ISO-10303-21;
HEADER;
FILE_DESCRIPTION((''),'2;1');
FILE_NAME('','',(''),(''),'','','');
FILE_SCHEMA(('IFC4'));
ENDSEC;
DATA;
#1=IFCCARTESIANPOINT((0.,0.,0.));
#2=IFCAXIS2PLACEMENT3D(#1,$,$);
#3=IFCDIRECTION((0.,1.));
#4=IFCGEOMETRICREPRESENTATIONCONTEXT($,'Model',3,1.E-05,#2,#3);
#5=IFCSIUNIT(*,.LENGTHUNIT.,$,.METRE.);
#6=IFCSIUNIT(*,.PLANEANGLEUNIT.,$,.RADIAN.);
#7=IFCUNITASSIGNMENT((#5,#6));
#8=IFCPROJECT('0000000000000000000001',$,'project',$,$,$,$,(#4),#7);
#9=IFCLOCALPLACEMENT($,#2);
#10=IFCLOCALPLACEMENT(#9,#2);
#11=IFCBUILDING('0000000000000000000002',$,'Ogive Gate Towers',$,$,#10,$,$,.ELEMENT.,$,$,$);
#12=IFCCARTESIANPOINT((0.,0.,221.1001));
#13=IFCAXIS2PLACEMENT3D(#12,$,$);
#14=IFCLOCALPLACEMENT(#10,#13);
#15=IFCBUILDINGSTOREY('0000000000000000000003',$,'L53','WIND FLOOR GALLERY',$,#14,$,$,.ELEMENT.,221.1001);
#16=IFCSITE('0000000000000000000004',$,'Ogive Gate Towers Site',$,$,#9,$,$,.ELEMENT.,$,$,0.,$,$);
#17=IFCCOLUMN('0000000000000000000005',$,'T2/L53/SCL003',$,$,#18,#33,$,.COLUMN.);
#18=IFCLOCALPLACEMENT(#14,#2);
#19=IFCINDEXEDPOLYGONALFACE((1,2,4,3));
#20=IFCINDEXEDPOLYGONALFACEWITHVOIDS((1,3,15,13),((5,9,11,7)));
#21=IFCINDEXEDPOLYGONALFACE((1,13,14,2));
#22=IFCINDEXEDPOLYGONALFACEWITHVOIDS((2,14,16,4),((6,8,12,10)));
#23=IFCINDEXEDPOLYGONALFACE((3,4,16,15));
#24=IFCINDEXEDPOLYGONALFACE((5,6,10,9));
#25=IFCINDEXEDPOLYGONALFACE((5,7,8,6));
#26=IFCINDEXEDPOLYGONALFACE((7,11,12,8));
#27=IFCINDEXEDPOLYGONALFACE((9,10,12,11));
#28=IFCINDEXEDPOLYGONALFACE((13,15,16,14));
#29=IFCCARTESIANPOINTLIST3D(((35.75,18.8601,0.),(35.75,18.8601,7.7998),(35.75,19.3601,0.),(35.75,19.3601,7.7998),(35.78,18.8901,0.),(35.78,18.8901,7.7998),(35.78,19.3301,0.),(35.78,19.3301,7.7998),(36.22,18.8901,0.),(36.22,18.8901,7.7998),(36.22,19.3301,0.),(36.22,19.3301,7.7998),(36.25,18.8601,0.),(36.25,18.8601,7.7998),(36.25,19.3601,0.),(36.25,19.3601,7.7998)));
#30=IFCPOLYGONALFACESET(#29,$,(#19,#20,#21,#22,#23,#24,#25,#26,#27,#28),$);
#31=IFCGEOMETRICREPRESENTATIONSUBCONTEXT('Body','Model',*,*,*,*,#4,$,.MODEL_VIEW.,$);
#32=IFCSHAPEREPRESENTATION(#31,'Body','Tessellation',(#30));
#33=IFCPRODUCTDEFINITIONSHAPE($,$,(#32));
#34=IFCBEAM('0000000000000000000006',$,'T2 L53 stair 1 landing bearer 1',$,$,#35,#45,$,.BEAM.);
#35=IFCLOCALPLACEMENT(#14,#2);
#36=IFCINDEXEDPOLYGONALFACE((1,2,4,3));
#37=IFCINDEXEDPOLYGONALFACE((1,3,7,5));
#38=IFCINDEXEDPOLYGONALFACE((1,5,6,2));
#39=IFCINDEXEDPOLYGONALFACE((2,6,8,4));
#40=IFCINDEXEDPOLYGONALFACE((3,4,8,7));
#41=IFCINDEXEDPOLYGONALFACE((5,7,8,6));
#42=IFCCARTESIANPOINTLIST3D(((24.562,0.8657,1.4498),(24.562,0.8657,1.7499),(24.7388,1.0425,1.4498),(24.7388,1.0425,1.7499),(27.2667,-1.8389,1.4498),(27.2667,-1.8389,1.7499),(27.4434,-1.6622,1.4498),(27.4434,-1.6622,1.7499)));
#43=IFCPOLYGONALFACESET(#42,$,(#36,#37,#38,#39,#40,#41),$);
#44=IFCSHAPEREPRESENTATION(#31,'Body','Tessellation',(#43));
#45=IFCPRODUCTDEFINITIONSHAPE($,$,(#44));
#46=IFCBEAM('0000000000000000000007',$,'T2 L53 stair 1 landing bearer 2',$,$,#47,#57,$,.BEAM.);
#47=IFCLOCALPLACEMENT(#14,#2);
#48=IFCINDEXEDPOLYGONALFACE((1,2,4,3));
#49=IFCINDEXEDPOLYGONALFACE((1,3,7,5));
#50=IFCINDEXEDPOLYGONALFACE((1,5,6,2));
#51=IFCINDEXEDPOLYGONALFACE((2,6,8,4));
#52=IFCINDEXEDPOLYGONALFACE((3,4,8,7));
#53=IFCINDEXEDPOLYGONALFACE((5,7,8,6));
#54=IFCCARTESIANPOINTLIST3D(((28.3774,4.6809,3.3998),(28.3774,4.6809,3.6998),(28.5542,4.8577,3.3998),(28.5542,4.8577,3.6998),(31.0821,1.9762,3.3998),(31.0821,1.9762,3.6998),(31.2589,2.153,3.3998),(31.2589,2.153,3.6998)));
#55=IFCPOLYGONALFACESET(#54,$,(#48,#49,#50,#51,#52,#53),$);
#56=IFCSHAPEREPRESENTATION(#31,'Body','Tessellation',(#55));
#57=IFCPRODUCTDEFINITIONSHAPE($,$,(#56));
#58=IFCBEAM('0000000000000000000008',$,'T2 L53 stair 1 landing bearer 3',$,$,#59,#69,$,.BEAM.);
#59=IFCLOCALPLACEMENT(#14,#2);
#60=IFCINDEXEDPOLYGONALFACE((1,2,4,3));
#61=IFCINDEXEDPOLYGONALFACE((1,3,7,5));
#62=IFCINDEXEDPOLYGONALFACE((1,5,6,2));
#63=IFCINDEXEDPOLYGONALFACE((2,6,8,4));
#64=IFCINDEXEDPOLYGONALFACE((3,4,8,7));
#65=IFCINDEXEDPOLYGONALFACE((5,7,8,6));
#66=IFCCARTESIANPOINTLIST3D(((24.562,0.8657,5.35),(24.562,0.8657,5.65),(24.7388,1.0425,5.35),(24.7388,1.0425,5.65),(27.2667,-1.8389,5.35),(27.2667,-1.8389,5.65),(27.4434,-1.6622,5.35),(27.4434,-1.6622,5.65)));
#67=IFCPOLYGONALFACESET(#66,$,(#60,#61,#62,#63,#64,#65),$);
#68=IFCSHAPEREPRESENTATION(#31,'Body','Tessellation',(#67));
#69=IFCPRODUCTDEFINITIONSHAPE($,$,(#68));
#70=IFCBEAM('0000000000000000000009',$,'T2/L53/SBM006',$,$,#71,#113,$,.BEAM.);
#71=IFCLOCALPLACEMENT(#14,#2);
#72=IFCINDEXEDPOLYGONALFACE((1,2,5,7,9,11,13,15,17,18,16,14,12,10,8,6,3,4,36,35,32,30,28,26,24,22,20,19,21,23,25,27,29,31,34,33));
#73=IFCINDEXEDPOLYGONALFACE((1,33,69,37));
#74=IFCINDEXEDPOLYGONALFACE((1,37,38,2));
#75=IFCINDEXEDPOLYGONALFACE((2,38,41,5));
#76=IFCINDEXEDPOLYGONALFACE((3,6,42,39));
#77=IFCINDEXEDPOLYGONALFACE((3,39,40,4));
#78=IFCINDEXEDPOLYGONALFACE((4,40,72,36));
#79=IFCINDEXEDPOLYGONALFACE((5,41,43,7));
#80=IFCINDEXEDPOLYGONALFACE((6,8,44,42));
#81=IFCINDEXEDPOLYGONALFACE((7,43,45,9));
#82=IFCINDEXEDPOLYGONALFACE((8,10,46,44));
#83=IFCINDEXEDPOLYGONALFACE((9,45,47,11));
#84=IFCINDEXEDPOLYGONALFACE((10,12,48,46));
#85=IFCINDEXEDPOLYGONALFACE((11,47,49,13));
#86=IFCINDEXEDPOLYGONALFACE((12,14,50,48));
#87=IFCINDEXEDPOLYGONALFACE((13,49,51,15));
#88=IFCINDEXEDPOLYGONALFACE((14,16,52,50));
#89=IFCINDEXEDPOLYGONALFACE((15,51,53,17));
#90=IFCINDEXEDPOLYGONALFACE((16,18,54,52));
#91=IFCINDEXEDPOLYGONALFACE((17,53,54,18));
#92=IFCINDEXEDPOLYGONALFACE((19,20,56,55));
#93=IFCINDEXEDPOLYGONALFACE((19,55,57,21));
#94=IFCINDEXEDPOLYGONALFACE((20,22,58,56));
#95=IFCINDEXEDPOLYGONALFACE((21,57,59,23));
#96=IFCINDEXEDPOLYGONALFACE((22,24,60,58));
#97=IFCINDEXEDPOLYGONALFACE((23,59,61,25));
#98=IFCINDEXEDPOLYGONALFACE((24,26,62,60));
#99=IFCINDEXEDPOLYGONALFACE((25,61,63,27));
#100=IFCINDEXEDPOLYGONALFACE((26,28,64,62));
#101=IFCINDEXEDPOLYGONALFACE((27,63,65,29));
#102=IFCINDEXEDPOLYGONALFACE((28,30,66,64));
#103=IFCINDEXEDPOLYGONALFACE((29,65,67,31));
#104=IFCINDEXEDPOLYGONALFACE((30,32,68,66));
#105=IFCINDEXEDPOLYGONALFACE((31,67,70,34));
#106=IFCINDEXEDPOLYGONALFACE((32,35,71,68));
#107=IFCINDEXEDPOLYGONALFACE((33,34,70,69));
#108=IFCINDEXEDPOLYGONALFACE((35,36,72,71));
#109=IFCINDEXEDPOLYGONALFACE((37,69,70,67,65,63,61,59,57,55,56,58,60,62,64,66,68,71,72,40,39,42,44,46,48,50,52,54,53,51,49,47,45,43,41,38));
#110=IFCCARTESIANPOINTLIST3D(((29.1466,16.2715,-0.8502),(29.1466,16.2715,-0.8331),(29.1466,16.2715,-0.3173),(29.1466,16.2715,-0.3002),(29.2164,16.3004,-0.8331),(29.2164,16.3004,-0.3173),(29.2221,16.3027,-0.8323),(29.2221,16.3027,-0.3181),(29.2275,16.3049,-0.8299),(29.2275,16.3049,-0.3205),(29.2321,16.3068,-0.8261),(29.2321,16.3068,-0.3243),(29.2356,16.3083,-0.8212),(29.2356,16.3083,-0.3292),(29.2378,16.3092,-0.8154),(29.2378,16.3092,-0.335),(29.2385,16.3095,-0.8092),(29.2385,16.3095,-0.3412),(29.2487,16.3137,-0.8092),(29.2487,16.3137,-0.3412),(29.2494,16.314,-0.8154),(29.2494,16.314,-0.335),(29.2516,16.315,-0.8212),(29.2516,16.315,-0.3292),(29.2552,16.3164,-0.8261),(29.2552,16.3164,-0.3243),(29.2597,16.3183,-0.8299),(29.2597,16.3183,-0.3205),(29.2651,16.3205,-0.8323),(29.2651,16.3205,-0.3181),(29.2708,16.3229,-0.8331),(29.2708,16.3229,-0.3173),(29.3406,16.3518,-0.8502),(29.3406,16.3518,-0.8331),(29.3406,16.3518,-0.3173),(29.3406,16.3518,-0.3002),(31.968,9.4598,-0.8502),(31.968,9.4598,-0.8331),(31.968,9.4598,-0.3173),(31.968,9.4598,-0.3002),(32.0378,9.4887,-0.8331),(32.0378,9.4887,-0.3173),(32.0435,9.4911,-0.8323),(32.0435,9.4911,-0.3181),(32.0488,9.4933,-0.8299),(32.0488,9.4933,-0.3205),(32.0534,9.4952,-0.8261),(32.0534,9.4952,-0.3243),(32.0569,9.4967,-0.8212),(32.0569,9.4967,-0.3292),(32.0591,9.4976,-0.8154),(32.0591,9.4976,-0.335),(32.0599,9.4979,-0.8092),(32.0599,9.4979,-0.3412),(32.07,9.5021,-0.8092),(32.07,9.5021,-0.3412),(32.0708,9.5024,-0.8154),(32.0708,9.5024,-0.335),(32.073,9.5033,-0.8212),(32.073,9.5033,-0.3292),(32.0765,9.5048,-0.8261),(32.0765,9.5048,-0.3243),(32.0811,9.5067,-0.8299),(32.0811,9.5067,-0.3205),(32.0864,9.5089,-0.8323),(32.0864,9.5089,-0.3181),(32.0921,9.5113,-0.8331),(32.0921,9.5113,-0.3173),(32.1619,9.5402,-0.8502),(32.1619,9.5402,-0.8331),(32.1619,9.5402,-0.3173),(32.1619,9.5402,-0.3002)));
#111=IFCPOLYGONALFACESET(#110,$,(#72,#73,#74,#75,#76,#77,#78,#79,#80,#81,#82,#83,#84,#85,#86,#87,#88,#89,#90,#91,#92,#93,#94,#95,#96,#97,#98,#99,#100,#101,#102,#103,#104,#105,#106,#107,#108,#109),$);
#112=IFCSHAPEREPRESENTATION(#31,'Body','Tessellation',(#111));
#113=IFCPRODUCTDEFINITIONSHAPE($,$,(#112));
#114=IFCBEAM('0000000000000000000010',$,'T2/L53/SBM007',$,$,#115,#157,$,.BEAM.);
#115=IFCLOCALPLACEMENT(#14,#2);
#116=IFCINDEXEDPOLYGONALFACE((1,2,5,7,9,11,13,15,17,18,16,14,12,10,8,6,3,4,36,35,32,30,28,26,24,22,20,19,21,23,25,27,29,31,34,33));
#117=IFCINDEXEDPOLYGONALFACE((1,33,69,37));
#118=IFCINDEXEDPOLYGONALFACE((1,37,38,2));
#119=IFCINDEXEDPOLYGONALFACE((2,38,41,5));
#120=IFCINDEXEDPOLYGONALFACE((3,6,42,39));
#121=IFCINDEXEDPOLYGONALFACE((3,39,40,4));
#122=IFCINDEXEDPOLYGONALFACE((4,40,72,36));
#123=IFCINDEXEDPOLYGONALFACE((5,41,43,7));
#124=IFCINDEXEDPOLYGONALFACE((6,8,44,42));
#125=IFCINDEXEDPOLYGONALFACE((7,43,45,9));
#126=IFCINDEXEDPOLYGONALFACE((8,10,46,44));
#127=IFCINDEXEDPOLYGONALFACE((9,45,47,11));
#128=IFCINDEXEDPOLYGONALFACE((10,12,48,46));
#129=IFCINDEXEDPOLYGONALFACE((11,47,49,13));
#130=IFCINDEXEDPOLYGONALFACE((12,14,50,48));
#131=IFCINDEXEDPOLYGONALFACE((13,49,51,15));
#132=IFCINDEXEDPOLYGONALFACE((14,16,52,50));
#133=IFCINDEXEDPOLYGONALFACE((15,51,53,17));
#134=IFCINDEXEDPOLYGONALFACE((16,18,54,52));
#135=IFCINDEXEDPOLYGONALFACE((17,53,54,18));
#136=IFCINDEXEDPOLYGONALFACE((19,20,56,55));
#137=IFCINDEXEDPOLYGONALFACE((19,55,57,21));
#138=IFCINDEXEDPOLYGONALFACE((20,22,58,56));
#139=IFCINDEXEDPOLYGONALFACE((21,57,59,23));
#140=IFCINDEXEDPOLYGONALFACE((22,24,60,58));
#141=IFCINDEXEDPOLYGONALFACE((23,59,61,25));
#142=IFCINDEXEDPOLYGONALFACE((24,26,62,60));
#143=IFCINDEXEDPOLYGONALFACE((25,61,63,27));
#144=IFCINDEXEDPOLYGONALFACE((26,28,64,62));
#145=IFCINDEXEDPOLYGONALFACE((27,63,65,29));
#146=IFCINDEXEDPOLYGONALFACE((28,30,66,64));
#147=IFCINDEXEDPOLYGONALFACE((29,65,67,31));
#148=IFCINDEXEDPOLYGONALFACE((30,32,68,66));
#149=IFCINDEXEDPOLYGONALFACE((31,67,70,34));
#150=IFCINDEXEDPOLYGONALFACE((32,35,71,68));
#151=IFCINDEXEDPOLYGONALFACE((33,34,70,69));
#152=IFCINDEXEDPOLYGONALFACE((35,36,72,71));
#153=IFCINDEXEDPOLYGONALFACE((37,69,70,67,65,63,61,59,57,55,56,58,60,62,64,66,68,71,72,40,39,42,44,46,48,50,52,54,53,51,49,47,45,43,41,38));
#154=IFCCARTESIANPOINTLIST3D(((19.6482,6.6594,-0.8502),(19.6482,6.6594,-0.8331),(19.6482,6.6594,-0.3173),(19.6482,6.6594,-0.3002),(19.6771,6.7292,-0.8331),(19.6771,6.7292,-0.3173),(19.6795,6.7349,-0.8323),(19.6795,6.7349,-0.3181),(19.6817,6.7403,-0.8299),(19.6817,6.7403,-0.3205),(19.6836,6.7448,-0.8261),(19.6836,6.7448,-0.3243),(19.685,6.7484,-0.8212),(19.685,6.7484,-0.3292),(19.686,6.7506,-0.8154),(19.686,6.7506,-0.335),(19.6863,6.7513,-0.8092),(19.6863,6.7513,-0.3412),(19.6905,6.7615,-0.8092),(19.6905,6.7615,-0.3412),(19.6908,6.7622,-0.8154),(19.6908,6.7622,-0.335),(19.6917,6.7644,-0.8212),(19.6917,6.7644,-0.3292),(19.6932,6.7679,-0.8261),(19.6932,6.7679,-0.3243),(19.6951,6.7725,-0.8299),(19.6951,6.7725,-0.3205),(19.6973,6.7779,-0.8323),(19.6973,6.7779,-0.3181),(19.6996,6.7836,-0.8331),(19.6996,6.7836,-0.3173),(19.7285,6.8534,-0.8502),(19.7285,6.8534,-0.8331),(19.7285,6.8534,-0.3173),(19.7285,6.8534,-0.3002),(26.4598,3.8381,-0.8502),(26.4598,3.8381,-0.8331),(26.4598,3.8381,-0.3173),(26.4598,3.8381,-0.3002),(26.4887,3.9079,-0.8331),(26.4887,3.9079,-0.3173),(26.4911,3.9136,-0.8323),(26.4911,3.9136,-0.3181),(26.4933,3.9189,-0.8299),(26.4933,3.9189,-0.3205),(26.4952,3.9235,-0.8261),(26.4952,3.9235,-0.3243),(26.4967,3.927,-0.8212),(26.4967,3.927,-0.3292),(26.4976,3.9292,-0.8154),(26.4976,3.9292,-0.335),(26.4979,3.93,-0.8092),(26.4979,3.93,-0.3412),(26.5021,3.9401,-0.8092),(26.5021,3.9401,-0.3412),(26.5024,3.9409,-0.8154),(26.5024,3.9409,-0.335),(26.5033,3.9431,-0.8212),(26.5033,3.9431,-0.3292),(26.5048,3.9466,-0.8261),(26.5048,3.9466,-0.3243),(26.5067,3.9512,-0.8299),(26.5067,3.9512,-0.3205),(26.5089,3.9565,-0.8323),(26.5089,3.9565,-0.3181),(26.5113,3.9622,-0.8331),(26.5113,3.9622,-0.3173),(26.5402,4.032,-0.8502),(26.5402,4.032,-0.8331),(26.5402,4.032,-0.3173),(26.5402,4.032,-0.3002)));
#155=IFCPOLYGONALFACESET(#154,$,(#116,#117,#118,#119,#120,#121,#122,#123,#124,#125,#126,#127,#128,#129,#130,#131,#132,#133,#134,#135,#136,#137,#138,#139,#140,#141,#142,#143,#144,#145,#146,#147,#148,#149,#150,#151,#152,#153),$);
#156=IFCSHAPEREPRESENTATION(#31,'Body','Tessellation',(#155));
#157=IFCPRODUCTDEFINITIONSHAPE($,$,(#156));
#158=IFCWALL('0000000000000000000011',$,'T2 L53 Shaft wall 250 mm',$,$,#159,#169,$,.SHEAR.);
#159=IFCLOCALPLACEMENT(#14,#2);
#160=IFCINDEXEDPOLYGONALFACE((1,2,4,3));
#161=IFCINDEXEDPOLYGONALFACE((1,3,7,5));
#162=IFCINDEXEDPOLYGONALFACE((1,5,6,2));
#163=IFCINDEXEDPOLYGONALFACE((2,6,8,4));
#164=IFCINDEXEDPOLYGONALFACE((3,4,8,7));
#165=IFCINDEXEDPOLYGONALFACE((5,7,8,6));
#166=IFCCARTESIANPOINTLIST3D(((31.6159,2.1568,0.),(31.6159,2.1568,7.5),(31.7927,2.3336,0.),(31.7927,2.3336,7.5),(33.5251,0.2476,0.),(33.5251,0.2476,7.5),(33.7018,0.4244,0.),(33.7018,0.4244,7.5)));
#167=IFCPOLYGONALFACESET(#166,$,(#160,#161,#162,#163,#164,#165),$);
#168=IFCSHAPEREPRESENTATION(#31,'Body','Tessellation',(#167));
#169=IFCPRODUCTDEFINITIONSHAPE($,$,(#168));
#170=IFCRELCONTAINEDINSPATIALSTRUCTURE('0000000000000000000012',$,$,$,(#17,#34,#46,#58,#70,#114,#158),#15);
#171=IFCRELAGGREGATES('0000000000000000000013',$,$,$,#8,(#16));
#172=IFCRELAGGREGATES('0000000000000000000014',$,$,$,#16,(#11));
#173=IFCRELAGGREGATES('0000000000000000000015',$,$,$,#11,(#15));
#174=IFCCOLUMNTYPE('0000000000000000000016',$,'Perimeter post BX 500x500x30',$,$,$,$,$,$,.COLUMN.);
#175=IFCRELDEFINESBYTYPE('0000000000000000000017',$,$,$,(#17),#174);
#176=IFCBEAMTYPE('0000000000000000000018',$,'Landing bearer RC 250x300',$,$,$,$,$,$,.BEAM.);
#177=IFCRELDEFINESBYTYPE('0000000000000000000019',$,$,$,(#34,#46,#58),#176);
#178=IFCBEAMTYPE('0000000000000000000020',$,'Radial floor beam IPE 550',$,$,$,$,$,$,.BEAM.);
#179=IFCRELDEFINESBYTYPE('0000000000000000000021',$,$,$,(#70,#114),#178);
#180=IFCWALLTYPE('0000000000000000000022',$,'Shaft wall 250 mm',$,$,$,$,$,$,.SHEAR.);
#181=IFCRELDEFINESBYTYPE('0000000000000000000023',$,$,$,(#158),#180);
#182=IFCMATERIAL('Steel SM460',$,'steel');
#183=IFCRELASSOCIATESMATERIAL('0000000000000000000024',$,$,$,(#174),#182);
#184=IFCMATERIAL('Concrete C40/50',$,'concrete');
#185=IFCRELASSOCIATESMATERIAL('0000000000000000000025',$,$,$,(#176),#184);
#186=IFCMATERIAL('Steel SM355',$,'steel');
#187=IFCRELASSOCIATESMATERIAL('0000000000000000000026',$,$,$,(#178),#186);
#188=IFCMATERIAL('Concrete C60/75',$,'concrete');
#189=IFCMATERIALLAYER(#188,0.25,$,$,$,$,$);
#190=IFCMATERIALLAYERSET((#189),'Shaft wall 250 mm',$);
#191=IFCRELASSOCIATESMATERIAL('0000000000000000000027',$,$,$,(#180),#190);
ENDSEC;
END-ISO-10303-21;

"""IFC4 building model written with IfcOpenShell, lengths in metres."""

from ifc_helpers import new_model, si_unit, direction, frame, frame_2d, origin, origin_2d, place, context, subcontext, project, spatial, rectangle, hollow_rectangle, i_section, extrude, material, layer, layer_set, material_profile, profile_set, type_object, element, save


model = new_model("IFC4")

# Units and contexts
model_context = context("Model", 3, precision=1e-05, world=origin(), true_north=direction((0.0, 1.0)))
body_context = subcontext(model_context, "Body", "Model", "MODEL_VIEW")
ifc_project = project(units=[si_unit("LENGTHUNIT", "METRE"), si_unit("PLANEANGLEUNIT", "RADIAN")], contexts=[model_context])

# Site, building, storey
site_placement = place(None, origin())
site = spatial("IfcSite", under=ifc_project, at=site_placement, Name="Ogive Gate Towers Site", CompositionType="ELEMENT", RefElevation=0.0)
building_placement = place(site_placement, origin())
building = spatial("IfcBuilding", under=site, at=building_placement, Name="Ogive Gate Towers", CompositionType="ELEMENT")
storey_placement = place(building_placement, frame((0.0, 0.0, 221.1001)))
storey = spatial("IfcBuildingStorey", under=building, at=storey_placement, Name="L53", Description="WIND FLOOR GALLERY", CompositionType="ELEMENT", Elevation=221.1001)

# Column
ifc_material_1 = material(Name="Steel SM460", Category="steel")
ifc_material_profile_1 = material_profile(ifc_material_1, hollow_rectangle(XDim=0.5, YDim=0.5, WallThickness=0.03, at=origin_2d()), Name="BX 500x500x30")
ifc_profile_set_1 = profile_set([ifc_material_profile_1], Name="Steel SM460")
column_type = type_object("IfcColumnType", Name="Perimeter post BX 500x500x30", PredefinedType="COLUMN", material=ifc_profile_set_1)
column_placement = place(storey_placement, frame((36.0, 19.1101, 0.0), z_axis=(0.0, 0.0, 1.0), x_axis=(1.0, 0.0, 0.0)))
element("IfcColumn", 1, at=column_placement, inside=storey, type_object=column_type, Name="T2/L53/SCL003", PredefinedType="COLUMN", context=body_context, shape_type="SweptSolid", body=[
    extrude(hollow_rectangle(XDim=0.5, YDim=0.5, WallThickness=0.03, at=origin_2d()), origin(), (0.0, 0.0, 1.0), 7.7998),
])

# Beams
ifc_material_2 = material(Name="Concrete C40/50", Category="concrete")
ifc_material_profile_2 = material_profile(ifc_material_2, rectangle(XDim=0.25, YDim=0.3, at=origin_2d()), Name="RC 250x300")
ifc_profile_set_2 = profile_set([ifc_material_profile_2], Name="Concrete C40/50")
beam_type_1 = type_object("IfcBeamType", Name="Landing bearer RC 250x300", PredefinedType="BEAM", material=ifc_profile_set_2)
for number, where, z_axis, x_axis, name in (
    (2, (24.6504, 0.9541, 1.5999), (0.707107, -0.707107, 0.0), (0.707107, 0.707107, 0.0), "T2 L53 stair 1 landing bearer 1"),
    (3, (28.4658, 4.7693, 3.5498), (0.707107, -0.707107, 0.0), (0.707107, 0.707107, 0.0), "T2 L53 stair 1 landing bearer 2"),
    (4, (24.6504, 0.9541, 5.5), (0.707107, -0.707107, 0.0), (0.707107, 0.707107, 0.0), "T2 L53 stair 1 landing bearer 3"),
):
    element("IfcBeam", number, at=place(storey_placement, frame(where, z_axis=z_axis, x_axis=x_axis)), inside=storey, type_object=beam_type_1, Name=name, PredefinedType="BEAM", context=body_context, shape_type="SweptSolid", body=[
        extrude(rectangle(XDim=0.25, YDim=0.3, at=origin_2d()), origin(), (0.0, 0.0, 1.0), 3.825),
    ])
ifc_material_3 = material(Name="Steel SM355", Category="steel")
ifc_material_profile_3 = material_profile(ifc_material_3, i_section(OverallWidth=0.21, OverallDepth=0.55, WebThickness=0.011, FlangeThickness=0.0171, FilletRadius=0.0239, at=origin_2d()), Name="IPE 550")
ifc_profile_set_3 = profile_set([ifc_material_profile_3], Name="Steel SM355")
beam_type_2 = type_object("IfcBeamType", Name="Radial floor beam IPE 550", PredefinedType="BEAM", material=ifc_profile_set_3)
for number, where, z_axis, x_axis, name in (
    (5, (32.0649, 9.5, -0.5752), (-0.382668, 0.923886, 0.0), (-0.923886, -0.382668, 0.0), "T2/L53/SBM006"),
    (6, (26.5, 3.9351, -0.5752), (-0.923886, 0.382668, 0.0), (-0.382668, -0.923886, 0.0), "T2/L53/SBM007"),
):
    element("IfcBeam", number, at=place(storey_placement, frame(where, z_axis=z_axis, x_axis=x_axis)), inside=storey, type_object=beam_type_2, Name=name, PredefinedType="BEAM", context=body_context, shape_type="SweptSolid", body=[
        extrude(i_section(OverallWidth=0.21, OverallDepth=0.55, WebThickness=0.011, FlangeThickness=0.0171, FilletRadius=0.0239, at=origin_2d()), origin(), (0.0, 0.0, 1.0), 7.3728),
    ])

# Wall
ifc_material_4 = material(Name="Concrete C60/75", Category="concrete")
ifc_layer = layer(ifc_material_4, 0.25)
ifc_layer_set = layer_set([ifc_layer], Name="Shaft wall 250 mm")
wall_type = type_object("IfcWallType", Name="Shaft wall 250 mm", PredefinedType="SHEAR", material=ifc_layer_set)
wall_1_placement = place(storey_placement, frame((33.6135, 0.3359, 0.0), z_axis=(0.0, 0.0, 1.0), x_axis=(-0.707107, 0.707107, 0.0)))
element("IfcWall", 7, at=wall_1_placement, inside=storey, type_object=wall_type, Name="T2 L53 Shaft wall 250 mm", PredefinedType="SHEAR", context=body_context, shape_type="SweptSolid", body=[
    extrude(rectangle(XDim=2.7, YDim=0.25, at=frame_2d((1.3501, 0.0))), origin(), (0.0, 0.0, 1.0), 7.5),
])

save(model, "model.ifc")
